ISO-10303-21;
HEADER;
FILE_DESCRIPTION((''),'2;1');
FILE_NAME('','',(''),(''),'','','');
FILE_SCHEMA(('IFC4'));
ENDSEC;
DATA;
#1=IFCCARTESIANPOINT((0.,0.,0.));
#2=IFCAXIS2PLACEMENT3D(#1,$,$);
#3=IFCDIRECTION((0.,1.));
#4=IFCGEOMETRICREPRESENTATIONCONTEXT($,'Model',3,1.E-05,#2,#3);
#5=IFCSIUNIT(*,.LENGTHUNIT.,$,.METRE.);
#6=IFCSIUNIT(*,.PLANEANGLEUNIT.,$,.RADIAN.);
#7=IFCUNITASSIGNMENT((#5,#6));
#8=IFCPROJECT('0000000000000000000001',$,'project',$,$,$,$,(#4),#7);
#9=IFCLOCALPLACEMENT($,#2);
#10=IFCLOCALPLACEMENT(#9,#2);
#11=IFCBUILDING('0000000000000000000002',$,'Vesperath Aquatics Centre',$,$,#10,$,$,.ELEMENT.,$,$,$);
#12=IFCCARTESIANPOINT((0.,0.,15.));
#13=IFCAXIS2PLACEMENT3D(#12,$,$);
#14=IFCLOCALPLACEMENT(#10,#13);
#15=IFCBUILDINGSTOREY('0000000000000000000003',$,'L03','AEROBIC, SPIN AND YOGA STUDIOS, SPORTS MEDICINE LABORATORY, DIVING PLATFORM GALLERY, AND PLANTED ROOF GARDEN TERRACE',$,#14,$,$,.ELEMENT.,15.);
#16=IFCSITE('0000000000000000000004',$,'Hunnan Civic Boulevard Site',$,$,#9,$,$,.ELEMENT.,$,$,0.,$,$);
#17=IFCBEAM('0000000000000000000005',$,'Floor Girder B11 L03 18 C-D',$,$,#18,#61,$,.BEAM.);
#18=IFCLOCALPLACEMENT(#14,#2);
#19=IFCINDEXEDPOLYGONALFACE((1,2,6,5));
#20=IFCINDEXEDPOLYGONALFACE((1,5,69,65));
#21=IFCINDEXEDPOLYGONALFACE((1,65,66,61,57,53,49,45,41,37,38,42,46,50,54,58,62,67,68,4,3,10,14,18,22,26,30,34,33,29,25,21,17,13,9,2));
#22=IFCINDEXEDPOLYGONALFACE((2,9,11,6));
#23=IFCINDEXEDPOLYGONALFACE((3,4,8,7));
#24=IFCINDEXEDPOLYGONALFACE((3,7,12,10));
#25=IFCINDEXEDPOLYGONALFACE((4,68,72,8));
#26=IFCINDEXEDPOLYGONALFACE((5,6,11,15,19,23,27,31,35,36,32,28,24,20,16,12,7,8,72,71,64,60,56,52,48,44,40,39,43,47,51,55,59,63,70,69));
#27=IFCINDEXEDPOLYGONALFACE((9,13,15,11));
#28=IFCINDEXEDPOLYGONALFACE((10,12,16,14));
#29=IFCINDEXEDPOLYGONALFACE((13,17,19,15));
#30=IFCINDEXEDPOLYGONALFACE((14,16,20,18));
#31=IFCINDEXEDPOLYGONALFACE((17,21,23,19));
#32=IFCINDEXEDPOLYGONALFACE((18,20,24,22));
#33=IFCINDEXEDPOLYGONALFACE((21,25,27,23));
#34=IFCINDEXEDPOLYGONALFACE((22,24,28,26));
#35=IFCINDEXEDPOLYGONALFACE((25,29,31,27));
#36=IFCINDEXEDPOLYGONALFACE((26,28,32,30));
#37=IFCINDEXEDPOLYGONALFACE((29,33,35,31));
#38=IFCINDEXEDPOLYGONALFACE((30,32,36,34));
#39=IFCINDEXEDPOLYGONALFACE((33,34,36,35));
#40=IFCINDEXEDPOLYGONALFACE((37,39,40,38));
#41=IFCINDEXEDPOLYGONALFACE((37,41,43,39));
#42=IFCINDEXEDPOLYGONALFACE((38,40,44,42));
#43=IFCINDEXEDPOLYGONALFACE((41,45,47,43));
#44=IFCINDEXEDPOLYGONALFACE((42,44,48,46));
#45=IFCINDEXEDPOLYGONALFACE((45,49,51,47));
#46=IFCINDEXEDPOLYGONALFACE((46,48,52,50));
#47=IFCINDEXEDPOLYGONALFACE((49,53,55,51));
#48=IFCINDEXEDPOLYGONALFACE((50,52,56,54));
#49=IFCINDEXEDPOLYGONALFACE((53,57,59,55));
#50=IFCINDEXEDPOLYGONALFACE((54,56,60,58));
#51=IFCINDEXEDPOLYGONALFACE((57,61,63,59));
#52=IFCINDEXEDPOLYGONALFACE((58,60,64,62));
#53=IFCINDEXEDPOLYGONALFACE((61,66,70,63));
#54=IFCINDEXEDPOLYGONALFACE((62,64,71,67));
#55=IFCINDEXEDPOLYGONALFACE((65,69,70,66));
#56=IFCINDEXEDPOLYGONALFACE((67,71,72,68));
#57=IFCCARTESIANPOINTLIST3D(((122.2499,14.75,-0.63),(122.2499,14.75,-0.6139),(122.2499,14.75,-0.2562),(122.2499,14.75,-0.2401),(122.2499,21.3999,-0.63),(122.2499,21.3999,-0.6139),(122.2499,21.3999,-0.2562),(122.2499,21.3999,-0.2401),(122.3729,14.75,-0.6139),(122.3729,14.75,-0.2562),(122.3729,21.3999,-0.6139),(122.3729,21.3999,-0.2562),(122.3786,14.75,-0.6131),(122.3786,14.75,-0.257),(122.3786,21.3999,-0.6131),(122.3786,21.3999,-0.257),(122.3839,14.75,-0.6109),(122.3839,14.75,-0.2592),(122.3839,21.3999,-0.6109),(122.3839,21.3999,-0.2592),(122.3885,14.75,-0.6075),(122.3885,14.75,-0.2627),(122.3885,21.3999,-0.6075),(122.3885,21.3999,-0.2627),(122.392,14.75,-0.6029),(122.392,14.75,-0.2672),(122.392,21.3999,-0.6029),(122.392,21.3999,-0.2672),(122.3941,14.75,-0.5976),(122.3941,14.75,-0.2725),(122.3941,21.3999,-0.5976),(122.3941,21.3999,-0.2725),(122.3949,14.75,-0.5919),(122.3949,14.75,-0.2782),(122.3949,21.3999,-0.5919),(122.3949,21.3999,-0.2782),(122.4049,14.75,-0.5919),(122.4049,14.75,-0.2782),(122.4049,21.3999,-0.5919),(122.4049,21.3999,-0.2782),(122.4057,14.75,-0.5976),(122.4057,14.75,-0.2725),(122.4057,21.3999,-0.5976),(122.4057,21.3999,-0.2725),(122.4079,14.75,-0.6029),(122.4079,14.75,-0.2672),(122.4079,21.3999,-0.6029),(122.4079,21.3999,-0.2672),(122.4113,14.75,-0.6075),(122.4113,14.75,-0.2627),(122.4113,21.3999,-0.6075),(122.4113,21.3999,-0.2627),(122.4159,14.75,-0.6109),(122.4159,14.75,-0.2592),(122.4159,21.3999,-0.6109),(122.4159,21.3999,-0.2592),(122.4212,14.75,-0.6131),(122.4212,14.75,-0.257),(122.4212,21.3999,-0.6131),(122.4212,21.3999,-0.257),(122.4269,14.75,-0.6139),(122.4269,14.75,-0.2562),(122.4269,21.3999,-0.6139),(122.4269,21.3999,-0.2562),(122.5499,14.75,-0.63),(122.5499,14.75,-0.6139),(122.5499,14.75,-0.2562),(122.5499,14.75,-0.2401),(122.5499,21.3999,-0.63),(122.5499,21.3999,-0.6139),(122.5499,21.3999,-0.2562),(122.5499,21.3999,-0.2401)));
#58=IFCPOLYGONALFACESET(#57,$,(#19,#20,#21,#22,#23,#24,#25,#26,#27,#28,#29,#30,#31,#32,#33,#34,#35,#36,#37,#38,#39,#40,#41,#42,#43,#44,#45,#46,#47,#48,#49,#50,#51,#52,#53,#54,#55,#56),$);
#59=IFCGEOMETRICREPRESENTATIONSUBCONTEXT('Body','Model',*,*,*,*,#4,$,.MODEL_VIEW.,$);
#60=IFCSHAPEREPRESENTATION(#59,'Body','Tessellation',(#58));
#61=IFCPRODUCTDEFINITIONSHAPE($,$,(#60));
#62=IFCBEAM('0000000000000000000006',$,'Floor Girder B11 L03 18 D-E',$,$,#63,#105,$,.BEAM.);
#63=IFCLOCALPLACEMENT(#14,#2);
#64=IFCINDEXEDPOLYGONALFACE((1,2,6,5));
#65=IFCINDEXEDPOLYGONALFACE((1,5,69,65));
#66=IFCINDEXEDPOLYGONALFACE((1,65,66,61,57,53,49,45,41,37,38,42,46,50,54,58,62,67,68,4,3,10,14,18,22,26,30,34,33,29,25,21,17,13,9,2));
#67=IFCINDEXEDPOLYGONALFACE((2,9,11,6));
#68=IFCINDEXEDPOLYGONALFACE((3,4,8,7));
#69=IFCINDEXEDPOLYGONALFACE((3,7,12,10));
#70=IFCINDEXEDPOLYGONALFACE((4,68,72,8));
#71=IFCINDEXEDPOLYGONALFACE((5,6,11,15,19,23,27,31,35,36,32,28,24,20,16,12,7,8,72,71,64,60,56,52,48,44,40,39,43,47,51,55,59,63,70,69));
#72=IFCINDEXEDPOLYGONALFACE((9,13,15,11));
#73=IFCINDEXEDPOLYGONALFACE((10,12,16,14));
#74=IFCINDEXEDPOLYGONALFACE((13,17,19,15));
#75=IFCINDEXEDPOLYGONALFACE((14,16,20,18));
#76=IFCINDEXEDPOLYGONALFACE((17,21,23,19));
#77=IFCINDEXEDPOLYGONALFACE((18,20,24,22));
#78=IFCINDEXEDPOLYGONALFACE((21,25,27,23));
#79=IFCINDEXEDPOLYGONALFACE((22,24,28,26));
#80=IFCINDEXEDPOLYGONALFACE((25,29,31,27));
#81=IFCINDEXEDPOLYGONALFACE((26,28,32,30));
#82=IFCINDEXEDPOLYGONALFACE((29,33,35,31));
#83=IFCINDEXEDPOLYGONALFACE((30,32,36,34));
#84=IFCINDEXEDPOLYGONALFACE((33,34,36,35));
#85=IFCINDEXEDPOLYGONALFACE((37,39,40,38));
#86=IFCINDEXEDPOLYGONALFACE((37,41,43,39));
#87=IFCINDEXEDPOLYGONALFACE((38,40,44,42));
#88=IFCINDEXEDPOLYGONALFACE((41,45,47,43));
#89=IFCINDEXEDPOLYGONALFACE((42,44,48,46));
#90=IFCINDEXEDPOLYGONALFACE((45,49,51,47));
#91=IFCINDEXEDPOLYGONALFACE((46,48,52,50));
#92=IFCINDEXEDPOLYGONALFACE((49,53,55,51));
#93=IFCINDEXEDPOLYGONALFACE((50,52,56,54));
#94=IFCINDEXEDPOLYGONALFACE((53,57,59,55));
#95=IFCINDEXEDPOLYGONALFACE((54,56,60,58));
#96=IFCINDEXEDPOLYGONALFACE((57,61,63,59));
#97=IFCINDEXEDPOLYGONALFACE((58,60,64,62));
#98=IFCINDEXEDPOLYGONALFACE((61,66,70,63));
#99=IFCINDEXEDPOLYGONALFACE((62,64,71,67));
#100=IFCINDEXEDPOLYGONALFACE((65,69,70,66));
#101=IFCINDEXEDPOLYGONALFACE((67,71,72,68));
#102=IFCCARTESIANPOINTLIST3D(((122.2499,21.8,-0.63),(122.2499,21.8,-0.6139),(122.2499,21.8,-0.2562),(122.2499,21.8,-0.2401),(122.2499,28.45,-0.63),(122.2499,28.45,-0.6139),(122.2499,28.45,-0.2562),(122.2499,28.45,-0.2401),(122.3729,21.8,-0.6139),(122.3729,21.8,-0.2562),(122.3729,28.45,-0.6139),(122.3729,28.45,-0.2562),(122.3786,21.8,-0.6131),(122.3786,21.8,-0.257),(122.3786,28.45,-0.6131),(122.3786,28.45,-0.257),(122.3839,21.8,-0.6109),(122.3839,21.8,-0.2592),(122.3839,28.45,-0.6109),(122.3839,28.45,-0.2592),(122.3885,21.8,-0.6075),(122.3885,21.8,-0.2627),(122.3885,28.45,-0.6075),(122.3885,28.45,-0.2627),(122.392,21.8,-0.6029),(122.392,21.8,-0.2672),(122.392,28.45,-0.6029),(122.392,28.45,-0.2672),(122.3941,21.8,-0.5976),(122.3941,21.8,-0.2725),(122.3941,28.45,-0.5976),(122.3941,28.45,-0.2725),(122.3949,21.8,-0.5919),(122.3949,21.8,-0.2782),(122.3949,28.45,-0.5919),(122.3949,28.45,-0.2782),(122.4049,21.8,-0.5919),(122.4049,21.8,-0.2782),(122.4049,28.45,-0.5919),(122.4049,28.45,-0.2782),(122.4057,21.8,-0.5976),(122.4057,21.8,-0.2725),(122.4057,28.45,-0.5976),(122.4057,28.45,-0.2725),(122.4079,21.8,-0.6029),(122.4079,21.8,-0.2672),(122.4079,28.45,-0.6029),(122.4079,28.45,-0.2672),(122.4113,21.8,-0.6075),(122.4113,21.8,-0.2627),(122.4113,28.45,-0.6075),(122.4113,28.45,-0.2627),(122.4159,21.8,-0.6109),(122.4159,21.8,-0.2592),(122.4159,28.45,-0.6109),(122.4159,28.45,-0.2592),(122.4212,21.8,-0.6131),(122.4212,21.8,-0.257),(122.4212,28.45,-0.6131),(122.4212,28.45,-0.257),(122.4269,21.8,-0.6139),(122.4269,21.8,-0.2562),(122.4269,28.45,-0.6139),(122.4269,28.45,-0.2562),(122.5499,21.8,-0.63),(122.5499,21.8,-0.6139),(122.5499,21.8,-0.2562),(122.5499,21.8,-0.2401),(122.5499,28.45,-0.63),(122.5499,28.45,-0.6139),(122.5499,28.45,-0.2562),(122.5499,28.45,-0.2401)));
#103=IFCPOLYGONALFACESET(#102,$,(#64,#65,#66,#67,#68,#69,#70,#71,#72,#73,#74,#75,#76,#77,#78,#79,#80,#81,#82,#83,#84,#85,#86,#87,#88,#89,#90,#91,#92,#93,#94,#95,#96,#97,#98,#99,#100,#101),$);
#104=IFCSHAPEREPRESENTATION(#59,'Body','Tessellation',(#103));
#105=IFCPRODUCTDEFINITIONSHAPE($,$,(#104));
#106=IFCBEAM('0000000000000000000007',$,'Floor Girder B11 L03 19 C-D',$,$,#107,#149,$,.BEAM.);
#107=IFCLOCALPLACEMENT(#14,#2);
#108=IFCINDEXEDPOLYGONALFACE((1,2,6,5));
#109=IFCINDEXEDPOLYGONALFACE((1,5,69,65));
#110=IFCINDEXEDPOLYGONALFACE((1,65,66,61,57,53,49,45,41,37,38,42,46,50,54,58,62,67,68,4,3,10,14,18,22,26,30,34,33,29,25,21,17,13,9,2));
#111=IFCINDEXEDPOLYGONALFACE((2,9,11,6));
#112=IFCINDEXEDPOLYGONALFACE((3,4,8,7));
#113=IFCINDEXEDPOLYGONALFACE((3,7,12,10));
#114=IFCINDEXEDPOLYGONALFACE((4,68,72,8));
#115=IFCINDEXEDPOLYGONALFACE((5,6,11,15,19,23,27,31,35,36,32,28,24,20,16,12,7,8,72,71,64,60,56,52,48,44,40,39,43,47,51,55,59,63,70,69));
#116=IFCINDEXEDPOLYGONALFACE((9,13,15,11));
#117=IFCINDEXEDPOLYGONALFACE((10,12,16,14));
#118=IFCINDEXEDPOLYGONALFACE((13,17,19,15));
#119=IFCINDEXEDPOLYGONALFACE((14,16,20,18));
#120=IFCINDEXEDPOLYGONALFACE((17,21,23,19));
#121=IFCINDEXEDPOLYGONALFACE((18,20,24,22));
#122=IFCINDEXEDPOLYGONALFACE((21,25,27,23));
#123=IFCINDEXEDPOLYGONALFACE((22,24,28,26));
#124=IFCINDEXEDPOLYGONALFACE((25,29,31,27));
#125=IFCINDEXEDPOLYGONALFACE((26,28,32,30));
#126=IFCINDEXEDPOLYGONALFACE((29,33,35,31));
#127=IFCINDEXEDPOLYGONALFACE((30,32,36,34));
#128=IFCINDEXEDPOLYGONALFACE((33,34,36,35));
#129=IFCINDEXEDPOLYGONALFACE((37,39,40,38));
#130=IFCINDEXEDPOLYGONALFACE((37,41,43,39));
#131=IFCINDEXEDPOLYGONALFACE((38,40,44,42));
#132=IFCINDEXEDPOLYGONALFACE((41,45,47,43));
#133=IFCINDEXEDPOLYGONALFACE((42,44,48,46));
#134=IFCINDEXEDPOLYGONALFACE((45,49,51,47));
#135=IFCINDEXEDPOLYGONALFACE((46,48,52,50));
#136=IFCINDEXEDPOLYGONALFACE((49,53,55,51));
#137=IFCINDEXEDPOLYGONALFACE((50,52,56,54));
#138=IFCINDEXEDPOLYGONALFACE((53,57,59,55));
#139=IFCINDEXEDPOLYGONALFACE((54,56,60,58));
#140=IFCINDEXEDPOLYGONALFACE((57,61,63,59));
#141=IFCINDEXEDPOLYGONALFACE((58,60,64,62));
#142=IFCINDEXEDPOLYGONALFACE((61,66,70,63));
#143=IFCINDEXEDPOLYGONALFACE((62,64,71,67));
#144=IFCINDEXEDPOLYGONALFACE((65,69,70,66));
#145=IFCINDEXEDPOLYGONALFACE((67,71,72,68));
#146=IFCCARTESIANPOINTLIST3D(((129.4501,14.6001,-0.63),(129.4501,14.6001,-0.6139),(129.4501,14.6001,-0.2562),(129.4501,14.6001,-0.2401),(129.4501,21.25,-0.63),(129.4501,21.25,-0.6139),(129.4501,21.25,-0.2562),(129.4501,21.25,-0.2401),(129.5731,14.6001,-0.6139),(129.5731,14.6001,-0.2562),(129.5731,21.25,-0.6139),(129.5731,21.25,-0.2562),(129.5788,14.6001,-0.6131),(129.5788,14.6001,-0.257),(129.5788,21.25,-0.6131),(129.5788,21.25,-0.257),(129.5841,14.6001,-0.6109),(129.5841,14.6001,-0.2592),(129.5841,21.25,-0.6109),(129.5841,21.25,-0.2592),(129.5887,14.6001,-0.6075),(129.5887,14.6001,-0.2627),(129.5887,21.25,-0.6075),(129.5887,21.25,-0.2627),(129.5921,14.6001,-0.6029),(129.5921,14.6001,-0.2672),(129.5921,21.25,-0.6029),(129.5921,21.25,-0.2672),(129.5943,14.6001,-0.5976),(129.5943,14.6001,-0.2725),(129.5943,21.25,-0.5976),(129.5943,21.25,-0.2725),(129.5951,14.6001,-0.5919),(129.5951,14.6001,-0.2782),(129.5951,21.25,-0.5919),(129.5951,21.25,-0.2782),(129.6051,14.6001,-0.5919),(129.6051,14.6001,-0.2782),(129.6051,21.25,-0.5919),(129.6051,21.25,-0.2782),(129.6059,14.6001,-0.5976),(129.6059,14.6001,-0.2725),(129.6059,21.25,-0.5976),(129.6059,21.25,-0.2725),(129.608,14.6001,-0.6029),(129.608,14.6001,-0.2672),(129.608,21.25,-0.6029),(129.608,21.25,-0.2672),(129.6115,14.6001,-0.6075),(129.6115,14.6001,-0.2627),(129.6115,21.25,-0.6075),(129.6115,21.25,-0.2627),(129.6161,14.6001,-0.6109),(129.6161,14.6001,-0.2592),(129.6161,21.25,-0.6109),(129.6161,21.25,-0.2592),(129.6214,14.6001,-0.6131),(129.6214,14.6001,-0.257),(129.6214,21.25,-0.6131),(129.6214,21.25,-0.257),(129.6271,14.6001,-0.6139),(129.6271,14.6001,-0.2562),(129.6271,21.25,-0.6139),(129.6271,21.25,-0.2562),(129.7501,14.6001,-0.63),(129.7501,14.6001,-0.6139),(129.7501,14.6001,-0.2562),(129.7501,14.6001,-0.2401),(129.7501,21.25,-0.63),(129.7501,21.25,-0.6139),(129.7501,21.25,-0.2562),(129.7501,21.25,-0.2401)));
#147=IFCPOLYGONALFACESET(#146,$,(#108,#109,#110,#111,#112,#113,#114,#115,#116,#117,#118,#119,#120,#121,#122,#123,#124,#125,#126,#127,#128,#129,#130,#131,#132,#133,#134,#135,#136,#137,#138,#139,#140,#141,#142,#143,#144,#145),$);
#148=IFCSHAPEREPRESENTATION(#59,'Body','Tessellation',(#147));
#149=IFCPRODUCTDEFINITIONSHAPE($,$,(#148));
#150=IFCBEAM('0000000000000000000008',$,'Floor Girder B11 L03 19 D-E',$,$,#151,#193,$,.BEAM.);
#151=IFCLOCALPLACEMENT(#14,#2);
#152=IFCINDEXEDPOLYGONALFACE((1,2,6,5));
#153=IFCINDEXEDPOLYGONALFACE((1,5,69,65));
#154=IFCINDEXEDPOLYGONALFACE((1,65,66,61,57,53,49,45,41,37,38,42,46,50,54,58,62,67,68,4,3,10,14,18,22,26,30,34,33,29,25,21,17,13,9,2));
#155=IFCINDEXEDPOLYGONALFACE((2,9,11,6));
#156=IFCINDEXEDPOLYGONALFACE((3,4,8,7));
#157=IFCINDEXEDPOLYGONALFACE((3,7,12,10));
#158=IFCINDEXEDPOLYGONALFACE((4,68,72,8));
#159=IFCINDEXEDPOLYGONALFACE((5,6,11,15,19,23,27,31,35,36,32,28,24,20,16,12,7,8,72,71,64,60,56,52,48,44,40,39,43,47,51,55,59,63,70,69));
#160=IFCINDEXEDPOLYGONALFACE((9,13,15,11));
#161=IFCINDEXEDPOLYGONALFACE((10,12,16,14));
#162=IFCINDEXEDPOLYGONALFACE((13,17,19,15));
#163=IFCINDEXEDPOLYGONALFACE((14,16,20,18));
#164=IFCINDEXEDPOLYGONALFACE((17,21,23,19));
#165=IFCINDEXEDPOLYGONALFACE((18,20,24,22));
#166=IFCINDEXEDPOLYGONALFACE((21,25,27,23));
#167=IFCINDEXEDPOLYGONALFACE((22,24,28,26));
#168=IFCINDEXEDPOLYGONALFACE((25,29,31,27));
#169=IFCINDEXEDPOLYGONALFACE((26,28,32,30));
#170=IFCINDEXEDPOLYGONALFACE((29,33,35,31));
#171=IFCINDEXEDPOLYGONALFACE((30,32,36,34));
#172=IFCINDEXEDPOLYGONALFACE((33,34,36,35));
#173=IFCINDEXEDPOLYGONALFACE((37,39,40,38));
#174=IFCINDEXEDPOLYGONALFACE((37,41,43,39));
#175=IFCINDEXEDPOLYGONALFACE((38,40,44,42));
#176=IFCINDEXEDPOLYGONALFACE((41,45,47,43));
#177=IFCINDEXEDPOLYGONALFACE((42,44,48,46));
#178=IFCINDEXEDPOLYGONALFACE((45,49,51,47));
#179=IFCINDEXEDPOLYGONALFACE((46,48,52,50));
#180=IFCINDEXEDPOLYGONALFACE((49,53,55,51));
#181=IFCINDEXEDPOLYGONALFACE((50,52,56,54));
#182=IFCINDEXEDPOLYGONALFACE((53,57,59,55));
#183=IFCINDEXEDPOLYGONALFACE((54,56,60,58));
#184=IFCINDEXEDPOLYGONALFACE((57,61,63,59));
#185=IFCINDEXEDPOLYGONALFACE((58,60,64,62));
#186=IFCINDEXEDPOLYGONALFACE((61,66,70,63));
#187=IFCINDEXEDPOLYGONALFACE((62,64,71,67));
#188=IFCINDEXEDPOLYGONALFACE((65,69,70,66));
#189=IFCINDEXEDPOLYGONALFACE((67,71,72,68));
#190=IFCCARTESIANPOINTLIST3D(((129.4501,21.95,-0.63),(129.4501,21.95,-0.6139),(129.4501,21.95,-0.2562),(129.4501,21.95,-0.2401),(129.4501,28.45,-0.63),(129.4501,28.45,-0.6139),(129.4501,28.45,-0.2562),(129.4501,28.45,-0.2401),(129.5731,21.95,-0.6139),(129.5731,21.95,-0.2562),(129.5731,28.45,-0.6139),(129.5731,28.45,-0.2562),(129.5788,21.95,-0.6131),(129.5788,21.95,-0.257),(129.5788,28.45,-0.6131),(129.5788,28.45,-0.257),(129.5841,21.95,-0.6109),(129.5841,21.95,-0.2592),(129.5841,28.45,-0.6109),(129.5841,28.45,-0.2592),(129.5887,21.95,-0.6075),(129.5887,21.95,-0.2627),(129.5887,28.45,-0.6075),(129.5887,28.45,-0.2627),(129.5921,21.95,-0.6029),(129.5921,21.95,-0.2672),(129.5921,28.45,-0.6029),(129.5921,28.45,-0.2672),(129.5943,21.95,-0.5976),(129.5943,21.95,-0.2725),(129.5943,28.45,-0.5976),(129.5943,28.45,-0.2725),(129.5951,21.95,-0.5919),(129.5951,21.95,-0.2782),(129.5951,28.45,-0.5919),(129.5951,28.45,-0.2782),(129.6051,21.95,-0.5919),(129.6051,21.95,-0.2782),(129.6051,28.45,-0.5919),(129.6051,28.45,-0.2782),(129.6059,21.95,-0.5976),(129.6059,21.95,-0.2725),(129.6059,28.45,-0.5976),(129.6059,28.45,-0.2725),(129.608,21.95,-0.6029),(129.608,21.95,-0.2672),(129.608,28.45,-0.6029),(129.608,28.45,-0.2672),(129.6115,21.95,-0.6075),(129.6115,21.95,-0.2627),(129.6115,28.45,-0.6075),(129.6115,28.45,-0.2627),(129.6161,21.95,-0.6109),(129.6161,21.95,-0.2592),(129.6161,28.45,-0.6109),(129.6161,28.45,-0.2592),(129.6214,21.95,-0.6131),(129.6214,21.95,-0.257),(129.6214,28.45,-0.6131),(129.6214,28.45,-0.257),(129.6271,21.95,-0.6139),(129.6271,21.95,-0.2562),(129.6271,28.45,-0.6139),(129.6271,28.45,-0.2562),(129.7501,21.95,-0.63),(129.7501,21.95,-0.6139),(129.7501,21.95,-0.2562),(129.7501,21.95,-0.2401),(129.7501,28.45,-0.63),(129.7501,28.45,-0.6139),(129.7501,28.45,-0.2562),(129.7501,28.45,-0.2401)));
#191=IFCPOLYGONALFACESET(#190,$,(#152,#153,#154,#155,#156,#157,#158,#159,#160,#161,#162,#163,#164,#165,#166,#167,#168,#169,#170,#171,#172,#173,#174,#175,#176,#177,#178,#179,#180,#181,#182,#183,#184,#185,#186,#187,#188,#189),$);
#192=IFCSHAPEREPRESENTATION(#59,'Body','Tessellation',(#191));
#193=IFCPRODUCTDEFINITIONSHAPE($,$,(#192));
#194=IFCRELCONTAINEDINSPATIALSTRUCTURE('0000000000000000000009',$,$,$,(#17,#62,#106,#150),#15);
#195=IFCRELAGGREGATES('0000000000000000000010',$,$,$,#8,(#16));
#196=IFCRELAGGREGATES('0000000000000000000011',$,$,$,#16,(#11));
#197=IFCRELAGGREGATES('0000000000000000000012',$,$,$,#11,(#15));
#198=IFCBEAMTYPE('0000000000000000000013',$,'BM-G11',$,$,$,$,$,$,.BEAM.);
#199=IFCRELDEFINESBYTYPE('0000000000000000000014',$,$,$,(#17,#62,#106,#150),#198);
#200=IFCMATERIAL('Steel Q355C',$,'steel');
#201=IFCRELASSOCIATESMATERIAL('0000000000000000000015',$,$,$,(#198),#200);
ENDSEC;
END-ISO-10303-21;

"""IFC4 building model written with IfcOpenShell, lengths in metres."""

from ifc_helpers import new_model, si_unit, direction, frame, origin, origin_2d, place, context, subcontext, project, spatial, i_section, extrude, material, material_profile, profile_set, type_object, element, save


model = new_model("IFC4")

# Units and contexts
model_context = context("Model", 3, precision=1e-05, world=origin(), true_north=direction((0.0, 1.0)))
body_context = subcontext(model_context, "Body", "Model", "MODEL_VIEW")
ifc_project = project(units=[si_unit("LENGTHUNIT", "METRE"), si_unit("PLANEANGLEUNIT", "RADIAN")], contexts=[model_context])

# Site, building, storey
site_placement = place(None, origin())
site = spatial("IfcSite", under=ifc_project, at=site_placement, Name="Hunnan Civic Boulevard Site", CompositionType="ELEMENT", RefElevation=0.0)
building_placement = place(site_placement, origin())
building = spatial("IfcBuilding", under=site, at=building_placement, Name="Vesperath Aquatics Centre", CompositionType="ELEMENT")
storey_placement = place(building_placement, frame((0.0, 0.0, 15.0)))
storey = spatial("IfcBuildingStorey", under=building, at=storey_placement, Name="L03", Description="AEROBIC, SPIN AND YOGA STUDIOS, SPORTS MEDICINE LABORATORY, DIVING PLATFORM GALLERY, AND PLANTED ROOF GARDEN TERRACE", CompositionType="ELEMENT", Elevation=15.0)

# Shared definitions
ifc_material_1 = material(Name="Steel Q355C", Category="steel")

# Beams
ifc_material_profile_1 = material_profile(ifc_material_1, i_section(OverallWidth=0.3, OverallDepth=0.3899, WebThickness=0.01, FlangeThickness=0.0161, FilletRadius=0.022, at=origin_2d()), Name="HM 390x300x10x16")
ifc_profile_set_1 = profile_set([ifc_material_profile_1], Name="Steel Q355C")
beam_type_1 = type_object("IfcBeamType", Name="BM-G11", PredefinedType="BEAM", material=ifc_profile_set_1)
for number, where, z_axis, x_axis, name in (
    (1, (122.3999, 14.75, -0.4351), (0.0, 1.0, 0.0), (-1.0, 0.0, 0.0), "Floor Girder B11 L03 18 C-D"),
    (2, (122.3999, 21.8, -0.4351), (0.0, 1.0, 0.0), (-1.0, 0.0, 0.0), "Floor Girder B11 L03 18 D-E"),
    (3, (129.6001, 14.6001, -0.4351), (0.0, 1.0, 0.0), (-1.0, 0.0, 0.0), "Floor Girder B11 L03 19 C-D"),
):
    element("IfcBeam", number, at=place(storey_placement, frame(where, z_axis=z_axis, x_axis=x_axis)), inside=storey, type_object=beam_type_1, Name=name, PredefinedType="BEAM", context=body_context, shape_type="SweptSolid", body=[
        extrude(i_section(OverallWidth=0.3, OverallDepth=0.3899, WebThickness=0.01, FlangeThickness=0.0161, FilletRadius=0.022, at=origin_2d()), origin(), (0.0, 0.0, 1.0), 6.6499),
    ])
beam_placement = place(storey_placement, frame((129.6001, 21.95, -0.4351), z_axis=(0.0, 1.0, 0.0), x_axis=(-1.0, 0.0, 0.0)))
element("IfcBeam", 4, at=beam_placement, inside=storey, type_object=beam_type_1, Name="Floor Girder B11 L03 19 D-E", PredefinedType="BEAM", context=body_context, shape_type="SweptSolid", body=[
    extrude(i_section(OverallWidth=0.3, OverallDepth=0.3899, WebThickness=0.01, FlangeThickness=0.0161, FilletRadius=0.022, at=origin_2d()), origin(), (0.0, 0.0, 1.0), 6.5),
])

save(model, "model.ifc")
